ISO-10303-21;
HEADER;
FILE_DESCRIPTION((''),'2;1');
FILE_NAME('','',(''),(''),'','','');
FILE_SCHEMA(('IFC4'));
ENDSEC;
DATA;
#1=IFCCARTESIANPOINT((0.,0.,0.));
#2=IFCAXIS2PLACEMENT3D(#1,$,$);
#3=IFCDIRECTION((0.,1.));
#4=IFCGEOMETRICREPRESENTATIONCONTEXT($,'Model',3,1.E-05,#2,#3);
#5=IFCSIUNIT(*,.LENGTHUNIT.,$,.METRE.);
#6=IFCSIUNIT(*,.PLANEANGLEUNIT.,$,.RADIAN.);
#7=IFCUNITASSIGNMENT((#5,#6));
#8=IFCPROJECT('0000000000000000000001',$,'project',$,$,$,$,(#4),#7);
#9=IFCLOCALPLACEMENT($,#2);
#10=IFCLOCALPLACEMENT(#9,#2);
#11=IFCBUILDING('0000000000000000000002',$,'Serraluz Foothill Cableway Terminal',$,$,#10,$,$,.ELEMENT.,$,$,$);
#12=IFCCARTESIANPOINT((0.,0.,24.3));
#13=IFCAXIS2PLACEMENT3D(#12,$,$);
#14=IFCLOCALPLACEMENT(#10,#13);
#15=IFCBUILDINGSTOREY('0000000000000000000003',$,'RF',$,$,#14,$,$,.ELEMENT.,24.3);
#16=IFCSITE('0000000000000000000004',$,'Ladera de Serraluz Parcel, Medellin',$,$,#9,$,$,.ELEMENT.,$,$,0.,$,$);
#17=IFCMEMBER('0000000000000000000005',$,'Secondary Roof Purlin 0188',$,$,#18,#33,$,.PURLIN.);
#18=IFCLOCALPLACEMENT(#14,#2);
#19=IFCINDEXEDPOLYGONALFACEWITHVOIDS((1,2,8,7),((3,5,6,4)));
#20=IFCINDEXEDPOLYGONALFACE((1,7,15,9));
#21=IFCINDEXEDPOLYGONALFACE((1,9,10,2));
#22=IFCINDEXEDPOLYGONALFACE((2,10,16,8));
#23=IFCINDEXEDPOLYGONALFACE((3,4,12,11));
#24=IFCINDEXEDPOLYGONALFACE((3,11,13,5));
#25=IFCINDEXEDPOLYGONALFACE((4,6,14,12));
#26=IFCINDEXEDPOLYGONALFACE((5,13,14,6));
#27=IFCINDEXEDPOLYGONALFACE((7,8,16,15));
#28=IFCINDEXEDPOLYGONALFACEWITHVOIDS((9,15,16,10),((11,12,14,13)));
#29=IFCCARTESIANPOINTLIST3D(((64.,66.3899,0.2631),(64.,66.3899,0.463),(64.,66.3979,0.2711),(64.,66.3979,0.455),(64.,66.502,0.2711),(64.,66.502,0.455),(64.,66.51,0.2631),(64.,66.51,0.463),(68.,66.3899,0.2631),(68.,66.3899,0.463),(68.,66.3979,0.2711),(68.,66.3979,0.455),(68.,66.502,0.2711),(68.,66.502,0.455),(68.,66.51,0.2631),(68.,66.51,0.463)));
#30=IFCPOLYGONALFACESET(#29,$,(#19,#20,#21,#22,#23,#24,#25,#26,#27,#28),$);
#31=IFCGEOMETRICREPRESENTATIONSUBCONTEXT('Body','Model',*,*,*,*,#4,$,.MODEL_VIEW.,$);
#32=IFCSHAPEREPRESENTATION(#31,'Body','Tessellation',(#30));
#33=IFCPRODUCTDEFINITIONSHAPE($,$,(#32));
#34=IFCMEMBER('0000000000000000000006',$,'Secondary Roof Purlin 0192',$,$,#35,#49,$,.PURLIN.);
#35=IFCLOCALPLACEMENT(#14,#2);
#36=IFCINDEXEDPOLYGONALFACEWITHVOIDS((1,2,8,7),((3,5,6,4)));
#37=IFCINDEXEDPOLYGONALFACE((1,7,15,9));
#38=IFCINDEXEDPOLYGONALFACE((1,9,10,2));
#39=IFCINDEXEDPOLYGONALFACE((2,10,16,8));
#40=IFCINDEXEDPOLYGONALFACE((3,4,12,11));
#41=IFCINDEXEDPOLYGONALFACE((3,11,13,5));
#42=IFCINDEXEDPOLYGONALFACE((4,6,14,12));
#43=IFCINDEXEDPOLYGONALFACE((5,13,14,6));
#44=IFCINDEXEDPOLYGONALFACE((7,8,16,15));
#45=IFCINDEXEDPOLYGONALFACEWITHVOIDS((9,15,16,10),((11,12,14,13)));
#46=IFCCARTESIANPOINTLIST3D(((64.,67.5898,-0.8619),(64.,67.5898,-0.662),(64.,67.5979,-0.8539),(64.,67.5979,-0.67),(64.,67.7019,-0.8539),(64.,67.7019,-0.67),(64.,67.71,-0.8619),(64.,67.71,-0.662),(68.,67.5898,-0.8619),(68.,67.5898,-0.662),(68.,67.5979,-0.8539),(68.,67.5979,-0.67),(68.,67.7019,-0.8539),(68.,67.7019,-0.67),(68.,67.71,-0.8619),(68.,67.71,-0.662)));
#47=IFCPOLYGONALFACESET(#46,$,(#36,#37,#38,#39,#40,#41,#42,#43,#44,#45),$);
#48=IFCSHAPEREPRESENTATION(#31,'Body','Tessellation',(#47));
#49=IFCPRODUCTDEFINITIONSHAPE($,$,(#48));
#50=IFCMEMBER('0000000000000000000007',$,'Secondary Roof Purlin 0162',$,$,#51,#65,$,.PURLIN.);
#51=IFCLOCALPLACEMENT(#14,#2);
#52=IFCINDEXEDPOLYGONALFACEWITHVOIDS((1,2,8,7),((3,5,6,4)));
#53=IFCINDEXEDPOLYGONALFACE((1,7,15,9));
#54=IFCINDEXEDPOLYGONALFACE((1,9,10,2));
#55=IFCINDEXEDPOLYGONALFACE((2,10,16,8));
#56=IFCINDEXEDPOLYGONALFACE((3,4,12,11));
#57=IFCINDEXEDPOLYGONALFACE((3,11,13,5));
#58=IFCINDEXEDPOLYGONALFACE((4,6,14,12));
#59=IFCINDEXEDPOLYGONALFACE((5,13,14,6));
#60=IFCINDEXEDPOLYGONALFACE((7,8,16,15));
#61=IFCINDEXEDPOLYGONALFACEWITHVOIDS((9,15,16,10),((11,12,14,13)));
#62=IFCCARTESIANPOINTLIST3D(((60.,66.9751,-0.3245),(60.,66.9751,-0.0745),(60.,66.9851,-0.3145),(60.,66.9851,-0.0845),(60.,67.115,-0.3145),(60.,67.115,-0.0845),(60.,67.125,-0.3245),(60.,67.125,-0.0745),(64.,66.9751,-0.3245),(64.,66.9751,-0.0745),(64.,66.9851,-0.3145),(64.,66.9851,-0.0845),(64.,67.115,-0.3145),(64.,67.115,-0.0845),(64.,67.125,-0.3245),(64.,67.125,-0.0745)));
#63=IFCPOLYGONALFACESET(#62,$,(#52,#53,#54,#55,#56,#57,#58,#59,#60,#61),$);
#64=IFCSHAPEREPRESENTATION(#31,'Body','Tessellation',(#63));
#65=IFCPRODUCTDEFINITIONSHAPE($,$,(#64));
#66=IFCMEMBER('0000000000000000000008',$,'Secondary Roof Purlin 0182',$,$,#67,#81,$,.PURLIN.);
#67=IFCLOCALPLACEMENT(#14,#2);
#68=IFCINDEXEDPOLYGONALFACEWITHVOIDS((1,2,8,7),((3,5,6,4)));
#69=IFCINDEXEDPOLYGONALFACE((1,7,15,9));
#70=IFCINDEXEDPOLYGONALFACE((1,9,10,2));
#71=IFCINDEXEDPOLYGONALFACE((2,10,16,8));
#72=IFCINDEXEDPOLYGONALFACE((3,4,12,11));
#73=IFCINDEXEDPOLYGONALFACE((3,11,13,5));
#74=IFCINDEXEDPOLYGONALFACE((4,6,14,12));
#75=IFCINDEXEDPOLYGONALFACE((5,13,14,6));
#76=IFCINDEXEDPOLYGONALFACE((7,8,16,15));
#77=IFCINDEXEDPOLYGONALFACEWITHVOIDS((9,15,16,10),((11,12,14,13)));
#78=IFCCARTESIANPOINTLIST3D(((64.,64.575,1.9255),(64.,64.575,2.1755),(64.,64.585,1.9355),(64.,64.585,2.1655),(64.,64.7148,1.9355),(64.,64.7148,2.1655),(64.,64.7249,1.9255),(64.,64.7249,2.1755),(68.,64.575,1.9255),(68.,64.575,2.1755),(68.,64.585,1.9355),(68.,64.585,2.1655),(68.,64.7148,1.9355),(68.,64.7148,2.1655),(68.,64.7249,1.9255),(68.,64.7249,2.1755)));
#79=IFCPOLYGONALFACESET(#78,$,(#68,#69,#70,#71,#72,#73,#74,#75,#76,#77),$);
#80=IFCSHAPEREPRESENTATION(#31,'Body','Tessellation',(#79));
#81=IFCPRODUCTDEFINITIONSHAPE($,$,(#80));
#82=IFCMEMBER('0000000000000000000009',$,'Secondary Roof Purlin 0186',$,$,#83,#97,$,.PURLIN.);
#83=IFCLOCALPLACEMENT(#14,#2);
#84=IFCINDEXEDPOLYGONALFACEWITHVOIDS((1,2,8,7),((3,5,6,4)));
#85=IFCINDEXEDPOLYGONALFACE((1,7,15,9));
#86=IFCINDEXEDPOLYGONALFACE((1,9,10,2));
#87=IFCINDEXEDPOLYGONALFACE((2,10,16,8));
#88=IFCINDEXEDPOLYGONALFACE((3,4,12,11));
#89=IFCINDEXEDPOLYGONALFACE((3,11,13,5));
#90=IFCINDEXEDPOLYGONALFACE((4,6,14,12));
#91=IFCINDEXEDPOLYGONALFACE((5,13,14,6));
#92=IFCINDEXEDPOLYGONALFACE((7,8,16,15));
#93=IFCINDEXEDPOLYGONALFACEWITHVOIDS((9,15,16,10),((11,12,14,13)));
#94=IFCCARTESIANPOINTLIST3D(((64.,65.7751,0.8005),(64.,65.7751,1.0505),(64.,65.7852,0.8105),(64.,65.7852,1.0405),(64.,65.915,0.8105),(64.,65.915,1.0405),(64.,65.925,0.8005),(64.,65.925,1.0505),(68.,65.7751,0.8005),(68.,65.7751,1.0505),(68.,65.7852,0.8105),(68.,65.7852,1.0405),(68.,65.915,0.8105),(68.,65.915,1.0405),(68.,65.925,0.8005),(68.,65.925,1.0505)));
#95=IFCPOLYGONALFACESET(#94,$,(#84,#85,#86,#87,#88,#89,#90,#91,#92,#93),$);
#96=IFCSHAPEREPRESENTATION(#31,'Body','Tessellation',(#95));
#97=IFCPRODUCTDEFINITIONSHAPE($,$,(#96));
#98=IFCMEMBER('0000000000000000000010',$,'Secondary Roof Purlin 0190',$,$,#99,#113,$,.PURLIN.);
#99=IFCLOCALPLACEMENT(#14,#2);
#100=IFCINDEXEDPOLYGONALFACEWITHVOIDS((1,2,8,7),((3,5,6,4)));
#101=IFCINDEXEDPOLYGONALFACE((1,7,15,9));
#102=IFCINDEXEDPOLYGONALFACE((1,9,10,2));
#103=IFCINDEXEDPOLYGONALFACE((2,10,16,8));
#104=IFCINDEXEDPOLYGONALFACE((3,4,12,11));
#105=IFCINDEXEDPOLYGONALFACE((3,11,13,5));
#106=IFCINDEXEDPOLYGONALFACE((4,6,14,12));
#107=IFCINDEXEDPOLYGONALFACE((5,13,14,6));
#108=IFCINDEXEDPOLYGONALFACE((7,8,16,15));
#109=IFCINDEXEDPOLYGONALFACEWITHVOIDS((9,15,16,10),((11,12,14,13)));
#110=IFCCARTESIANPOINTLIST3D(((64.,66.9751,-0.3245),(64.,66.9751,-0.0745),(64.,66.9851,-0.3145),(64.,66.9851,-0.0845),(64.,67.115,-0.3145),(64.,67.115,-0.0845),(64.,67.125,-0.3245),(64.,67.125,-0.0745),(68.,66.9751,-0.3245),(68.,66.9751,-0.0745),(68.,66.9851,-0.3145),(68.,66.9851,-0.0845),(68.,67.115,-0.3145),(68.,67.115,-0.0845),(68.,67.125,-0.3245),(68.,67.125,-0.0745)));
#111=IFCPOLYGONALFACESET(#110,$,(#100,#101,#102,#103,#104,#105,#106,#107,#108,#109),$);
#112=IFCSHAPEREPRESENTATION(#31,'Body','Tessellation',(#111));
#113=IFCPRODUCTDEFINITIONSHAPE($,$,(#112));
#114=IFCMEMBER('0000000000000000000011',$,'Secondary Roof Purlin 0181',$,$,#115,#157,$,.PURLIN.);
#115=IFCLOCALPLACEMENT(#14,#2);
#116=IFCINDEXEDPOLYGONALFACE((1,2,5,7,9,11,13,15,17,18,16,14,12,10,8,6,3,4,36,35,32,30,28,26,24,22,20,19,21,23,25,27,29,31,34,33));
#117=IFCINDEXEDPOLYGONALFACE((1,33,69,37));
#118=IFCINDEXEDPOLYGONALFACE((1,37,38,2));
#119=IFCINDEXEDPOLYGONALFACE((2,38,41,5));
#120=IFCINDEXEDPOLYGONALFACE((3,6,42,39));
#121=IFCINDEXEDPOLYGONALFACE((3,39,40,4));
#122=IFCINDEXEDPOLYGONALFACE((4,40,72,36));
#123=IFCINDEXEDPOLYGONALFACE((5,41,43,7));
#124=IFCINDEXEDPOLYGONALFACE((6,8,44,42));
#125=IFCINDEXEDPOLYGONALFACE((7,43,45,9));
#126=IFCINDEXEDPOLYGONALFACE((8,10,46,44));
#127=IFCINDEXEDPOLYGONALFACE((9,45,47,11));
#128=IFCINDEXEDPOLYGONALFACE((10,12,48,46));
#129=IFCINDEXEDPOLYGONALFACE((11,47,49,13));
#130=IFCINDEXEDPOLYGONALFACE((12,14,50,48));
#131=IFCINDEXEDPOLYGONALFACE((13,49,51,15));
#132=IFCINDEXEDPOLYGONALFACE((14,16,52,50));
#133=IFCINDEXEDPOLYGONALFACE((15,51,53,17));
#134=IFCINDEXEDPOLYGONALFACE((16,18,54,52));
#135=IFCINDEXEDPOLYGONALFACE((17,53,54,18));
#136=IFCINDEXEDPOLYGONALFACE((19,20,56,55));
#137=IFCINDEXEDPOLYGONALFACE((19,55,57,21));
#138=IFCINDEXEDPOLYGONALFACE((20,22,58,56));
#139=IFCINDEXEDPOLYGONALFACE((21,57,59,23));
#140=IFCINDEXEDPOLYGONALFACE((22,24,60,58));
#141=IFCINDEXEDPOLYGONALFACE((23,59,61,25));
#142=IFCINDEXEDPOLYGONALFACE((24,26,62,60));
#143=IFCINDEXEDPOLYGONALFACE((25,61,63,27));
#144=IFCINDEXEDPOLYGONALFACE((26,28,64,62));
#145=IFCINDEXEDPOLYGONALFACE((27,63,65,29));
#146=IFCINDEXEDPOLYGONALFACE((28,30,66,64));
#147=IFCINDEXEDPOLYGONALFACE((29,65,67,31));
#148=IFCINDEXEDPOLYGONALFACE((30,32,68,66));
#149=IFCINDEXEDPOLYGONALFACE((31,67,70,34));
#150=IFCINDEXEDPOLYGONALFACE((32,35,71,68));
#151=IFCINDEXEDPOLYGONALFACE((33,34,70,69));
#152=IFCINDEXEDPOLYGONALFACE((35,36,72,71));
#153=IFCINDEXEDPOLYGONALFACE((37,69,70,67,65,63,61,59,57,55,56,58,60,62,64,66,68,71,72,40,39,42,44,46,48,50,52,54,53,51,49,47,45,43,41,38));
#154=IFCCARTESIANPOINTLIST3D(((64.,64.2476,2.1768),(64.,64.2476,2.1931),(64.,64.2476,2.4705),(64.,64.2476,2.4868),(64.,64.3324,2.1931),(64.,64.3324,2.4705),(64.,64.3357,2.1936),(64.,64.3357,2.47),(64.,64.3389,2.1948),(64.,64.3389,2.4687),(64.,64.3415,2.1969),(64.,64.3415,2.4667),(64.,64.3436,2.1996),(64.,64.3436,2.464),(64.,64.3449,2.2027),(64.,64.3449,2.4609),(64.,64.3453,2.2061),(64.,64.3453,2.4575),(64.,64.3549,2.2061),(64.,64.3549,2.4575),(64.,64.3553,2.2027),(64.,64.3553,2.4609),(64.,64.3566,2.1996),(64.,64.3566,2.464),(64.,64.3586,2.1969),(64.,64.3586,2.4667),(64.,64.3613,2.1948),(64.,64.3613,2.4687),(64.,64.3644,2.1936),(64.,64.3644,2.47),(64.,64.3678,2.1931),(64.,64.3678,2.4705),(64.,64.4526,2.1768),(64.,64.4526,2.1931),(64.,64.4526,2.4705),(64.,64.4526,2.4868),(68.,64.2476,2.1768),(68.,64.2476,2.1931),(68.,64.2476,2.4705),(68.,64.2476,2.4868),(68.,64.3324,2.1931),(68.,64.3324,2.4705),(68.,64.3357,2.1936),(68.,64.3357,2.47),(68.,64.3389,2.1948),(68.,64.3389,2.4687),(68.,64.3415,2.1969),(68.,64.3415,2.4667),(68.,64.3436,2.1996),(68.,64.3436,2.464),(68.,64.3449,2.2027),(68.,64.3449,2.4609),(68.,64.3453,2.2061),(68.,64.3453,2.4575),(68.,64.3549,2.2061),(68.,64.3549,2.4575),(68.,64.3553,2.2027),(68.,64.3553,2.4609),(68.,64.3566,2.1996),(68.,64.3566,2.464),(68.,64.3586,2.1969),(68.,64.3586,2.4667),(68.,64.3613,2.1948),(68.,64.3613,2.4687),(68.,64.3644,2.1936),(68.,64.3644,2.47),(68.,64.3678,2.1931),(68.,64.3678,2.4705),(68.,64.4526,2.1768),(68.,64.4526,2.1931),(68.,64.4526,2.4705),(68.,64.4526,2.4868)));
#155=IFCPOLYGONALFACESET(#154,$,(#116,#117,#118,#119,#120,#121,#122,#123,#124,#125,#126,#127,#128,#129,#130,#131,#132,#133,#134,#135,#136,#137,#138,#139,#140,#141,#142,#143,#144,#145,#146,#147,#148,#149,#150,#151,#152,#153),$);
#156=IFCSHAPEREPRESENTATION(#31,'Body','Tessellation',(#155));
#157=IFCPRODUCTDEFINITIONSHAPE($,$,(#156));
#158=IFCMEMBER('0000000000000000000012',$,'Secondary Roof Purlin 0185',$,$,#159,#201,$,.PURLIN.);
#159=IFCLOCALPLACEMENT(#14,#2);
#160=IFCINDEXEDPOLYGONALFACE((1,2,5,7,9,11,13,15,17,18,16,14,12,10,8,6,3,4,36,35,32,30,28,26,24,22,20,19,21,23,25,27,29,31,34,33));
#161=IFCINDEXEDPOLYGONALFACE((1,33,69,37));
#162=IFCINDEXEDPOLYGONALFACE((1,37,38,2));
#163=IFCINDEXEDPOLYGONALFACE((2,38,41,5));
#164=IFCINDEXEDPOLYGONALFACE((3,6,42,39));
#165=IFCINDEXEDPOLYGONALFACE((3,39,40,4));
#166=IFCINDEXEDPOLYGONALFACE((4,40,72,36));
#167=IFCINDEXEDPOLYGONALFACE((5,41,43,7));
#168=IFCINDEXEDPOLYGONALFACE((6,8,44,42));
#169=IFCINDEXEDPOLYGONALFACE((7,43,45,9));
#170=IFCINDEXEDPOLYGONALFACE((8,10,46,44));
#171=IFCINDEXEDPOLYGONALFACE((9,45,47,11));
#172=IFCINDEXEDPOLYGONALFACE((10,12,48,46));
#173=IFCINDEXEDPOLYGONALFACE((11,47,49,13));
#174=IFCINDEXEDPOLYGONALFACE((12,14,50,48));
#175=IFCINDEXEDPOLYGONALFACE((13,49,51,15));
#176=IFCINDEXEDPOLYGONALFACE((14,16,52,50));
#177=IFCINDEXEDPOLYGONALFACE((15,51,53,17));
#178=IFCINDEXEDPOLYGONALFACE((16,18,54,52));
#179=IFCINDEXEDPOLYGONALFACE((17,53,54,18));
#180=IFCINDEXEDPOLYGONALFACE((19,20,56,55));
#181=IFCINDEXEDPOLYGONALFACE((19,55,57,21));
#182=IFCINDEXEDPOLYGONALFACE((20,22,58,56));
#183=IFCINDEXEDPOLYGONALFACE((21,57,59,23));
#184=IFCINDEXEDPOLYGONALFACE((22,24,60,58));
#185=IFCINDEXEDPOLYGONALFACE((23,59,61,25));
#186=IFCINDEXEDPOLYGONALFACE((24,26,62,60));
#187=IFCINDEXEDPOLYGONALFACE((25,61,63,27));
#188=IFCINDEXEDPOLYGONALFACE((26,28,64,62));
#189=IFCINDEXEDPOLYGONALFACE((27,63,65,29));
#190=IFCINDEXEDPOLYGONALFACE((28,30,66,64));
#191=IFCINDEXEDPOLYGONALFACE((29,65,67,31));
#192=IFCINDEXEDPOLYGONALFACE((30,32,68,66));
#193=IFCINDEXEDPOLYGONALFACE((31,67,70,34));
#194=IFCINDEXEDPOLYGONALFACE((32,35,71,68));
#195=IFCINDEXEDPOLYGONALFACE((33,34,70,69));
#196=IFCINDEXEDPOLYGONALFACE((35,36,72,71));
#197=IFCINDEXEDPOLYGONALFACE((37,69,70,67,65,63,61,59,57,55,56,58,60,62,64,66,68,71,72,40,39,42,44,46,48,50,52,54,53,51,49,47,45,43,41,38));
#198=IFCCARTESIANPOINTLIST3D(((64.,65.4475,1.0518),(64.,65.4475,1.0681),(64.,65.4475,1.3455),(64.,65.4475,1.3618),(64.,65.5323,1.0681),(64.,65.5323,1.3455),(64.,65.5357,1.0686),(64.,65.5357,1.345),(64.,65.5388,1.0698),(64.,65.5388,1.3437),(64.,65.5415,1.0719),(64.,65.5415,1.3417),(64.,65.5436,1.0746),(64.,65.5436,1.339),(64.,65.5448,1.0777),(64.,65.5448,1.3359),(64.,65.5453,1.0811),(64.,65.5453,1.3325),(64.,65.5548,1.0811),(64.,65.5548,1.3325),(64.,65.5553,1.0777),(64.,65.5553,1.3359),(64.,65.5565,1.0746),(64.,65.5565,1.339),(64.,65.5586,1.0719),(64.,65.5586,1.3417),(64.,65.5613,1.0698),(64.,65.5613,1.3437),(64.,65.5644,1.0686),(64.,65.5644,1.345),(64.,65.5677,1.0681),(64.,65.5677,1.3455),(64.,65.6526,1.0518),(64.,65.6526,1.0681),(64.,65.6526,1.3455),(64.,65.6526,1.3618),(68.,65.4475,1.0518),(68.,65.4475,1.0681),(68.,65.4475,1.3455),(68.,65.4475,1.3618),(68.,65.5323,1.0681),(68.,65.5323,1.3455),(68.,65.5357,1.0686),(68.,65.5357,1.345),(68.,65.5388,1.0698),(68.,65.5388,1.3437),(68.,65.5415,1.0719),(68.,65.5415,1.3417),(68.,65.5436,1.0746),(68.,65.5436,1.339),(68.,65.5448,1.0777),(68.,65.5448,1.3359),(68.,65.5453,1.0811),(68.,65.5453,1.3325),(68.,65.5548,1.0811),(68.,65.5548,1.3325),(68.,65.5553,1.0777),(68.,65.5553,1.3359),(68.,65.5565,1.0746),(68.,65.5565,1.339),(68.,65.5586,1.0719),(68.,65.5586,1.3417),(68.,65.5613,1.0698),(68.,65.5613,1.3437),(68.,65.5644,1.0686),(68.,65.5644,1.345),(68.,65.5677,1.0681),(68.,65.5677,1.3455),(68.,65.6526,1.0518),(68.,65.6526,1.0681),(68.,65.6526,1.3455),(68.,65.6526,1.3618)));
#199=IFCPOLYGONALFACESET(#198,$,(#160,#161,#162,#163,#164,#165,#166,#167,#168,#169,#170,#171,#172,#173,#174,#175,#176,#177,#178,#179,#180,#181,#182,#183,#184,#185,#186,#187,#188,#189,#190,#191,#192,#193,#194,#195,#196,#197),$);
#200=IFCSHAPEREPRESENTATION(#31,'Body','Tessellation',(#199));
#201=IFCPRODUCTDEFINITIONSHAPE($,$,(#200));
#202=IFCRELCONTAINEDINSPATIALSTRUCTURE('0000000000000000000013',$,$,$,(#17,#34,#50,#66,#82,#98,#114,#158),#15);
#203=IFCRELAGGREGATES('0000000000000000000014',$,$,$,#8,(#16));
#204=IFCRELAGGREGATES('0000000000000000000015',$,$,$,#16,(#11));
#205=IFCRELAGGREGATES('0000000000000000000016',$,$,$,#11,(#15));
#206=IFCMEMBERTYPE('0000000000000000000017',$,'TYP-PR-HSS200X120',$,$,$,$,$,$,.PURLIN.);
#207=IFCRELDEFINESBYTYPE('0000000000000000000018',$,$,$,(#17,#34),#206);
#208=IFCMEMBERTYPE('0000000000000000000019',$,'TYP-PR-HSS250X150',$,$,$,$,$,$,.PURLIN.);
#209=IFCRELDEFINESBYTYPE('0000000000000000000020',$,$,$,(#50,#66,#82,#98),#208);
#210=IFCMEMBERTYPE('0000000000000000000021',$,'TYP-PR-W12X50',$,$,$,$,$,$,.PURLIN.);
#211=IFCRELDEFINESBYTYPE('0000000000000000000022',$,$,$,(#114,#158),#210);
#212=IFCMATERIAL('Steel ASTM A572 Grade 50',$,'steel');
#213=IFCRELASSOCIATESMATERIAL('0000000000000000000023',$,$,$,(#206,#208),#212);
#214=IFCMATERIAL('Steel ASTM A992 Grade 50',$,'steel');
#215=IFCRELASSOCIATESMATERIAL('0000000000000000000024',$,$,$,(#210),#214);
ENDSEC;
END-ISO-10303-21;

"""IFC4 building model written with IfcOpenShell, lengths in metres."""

from ifc_helpers import new_model, si_unit, direction, frame, origin, origin_2d, place, context, subcontext, project, spatial, hollow_rectangle, i_section, extrude, material, material_profile, profile_set, type_object, element, save


model = new_model("IFC4")

# Units and contexts
model_context = context("Model", 3, precision=1e-05, world=origin(), true_north=direction((0.0, 1.0)))
body_context = subcontext(model_context, "Body", "Model", "MODEL_VIEW")
ifc_project = project(units=[si_unit("LENGTHUNIT", "METRE"), si_unit("PLANEANGLEUNIT", "RADIAN")], contexts=[model_context])

# Site, building, storey
site_placement = place(None, origin())
site = spatial("IfcSite", under=ifc_project, at=site_placement, Name="Ladera de Serraluz Parcel, Medellin", CompositionType="ELEMENT", RefElevation=0.0)
building_placement = place(site_placement, origin())
building = spatial("IfcBuilding", under=site, at=building_placement, Name="Serraluz Foothill Cableway Terminal", CompositionType="ELEMENT")
storey_placement = place(building_placement, frame((0.0, 0.0, 24.3)))
storey = spatial("IfcBuildingStorey", under=building, at=storey_placement, Name="RF", CompositionType="ELEMENT", Elevation=24.3)

# Members
ifc_material_1 = material(Name="Steel ASTM A572 Grade 50", Category="steel")
ifc_material_2 = material(Name="Steel ASTM A992 Grade 50", Category="steel")
ifc_material_profile_1 = material_profile(ifc_material_1, hollow_rectangle(XDim=0.1201, YDim=0.2, WallThickness=0.0081, at=origin_2d()), Name="HSS200X120X8")
ifc_profile_set_1 = profile_set([ifc_material_profile_1], Name="Steel ASTM A572 Grade 50")
member_type_1 = type_object("IfcMemberType", Name="TYP-PR-HSS200X120", PredefinedType="PURLIN", material=ifc_profile_set_1)
for number, where, z_axis, x_axis, name in (
    (1, (64.0, 66.45, 0.363), (1.0, 0.0, 0.0), (0.0, 1.0, 0.0), "Secondary Roof Purlin 0188"),
    (2, (64.0, 67.6499, -0.762), (1.0, 0.0, 0.0), (0.0, 1.0, 0.0), "Secondary Roof Purlin 0192"),
):
    element("IfcMember", number, at=place(storey_placement, frame(where, z_axis=z_axis, x_axis=x_axis)), inside=storey, type_object=member_type_1, Name=name, PredefinedType="PURLIN", context=body_context, shape_type="SweptSolid", body=[
        extrude(hollow_rectangle(XDim=0.1201, YDim=0.2, WallThickness=0.0081, at=origin_2d()), origin(), (0.0, 0.0, 1.0), 4.0),
    ])
ifc_material_profile_2 = material_profile(ifc_material_1, hollow_rectangle(XDim=0.1499, YDim=0.25, WallThickness=0.01, at=origin_2d()), Name="HSS250X150X10")
ifc_profile_set_2 = profile_set([ifc_material_profile_2], Name="Steel ASTM A572 Grade 50")
member_type_2 = type_object("IfcMemberType", Name="TYP-PR-HSS250X150", PredefinedType="PURLIN", material=ifc_profile_set_2)
for number, where, z_axis, x_axis, name in (
    (3, (60.0, 67.05, -0.1995), (1.0, 0.0, 0.0), (0.0, 1.0, 0.0), "Secondary Roof Purlin 0162"),
    (4, (64.0, 64.6499, 2.0505), (1.0, 0.0, 0.0), (0.0, 1.0, 0.0), "Secondary Roof Purlin 0182"),
    (5, (64.0, 65.8501, 0.9255), (1.0, 0.0, 0.0), (0.0, 1.0, 0.0), "Secondary Roof Purlin 0186"),
    (6, (64.0, 67.05, -0.1995), (1.0, 0.0, 0.0), (0.0, 1.0, 0.0), "Secondary Roof Purlin 0190"),
):
    element("IfcMember", number, at=place(storey_placement, frame(where, z_axis=z_axis, x_axis=x_axis)), inside=storey, type_object=member_type_2, Name=name, PredefinedType="PURLIN", context=body_context, shape_type="SweptSolid", body=[
        extrude(hollow_rectangle(XDim=0.1499, YDim=0.25, WallThickness=0.01, at=origin_2d()), origin(), (0.0, 0.0, 1.0), 4.0),
    ])
ifc_material_profile_3 = material_profile(ifc_material_2, i_section(OverallWidth=0.2051, OverallDepth=0.3101, WebThickness=0.0095, FlangeThickness=0.0164, FilletRadius=0.0129, at=origin_2d()), Name="W12X50")
ifc_profile_set_3 = profile_set([ifc_material_profile_3], Name="Steel ASTM A992 Grade 50")
member_type_3 = type_object("IfcMemberType", Name="TYP-PR-W12X50", PredefinedType="PURLIN", material=ifc_profile_set_3)
for number, where, z_axis, x_axis, name in (
    (7, (64.0, 64.3501, 2.3318), (1.0, 0.0, 0.0), (0.0, 1.0, 0.0), "Secondary Roof Purlin 0181"),
    (8, (64.0, 65.55, 1.2068), (1.0, 0.0, 0.0), (0.0, 1.0, 0.0), "Secondary Roof Purlin 0185"),
):
    element("IfcMember", number, at=place(storey_placement, frame(where, z_axis=z_axis, x_axis=x_axis)), inside=storey, type_object=member_type_3, Name=name, PredefinedType="PURLIN", context=body_context, shape_type="SweptSolid", body=[
        extrude(i_section(OverallWidth=0.2051, OverallDepth=0.3101, WebThickness=0.0095, FlangeThickness=0.0164, FilletRadius=0.0129, at=origin_2d()), origin(), (0.0, 0.0, 1.0), 4.0),
    ])

save(model, "model.ifc")
